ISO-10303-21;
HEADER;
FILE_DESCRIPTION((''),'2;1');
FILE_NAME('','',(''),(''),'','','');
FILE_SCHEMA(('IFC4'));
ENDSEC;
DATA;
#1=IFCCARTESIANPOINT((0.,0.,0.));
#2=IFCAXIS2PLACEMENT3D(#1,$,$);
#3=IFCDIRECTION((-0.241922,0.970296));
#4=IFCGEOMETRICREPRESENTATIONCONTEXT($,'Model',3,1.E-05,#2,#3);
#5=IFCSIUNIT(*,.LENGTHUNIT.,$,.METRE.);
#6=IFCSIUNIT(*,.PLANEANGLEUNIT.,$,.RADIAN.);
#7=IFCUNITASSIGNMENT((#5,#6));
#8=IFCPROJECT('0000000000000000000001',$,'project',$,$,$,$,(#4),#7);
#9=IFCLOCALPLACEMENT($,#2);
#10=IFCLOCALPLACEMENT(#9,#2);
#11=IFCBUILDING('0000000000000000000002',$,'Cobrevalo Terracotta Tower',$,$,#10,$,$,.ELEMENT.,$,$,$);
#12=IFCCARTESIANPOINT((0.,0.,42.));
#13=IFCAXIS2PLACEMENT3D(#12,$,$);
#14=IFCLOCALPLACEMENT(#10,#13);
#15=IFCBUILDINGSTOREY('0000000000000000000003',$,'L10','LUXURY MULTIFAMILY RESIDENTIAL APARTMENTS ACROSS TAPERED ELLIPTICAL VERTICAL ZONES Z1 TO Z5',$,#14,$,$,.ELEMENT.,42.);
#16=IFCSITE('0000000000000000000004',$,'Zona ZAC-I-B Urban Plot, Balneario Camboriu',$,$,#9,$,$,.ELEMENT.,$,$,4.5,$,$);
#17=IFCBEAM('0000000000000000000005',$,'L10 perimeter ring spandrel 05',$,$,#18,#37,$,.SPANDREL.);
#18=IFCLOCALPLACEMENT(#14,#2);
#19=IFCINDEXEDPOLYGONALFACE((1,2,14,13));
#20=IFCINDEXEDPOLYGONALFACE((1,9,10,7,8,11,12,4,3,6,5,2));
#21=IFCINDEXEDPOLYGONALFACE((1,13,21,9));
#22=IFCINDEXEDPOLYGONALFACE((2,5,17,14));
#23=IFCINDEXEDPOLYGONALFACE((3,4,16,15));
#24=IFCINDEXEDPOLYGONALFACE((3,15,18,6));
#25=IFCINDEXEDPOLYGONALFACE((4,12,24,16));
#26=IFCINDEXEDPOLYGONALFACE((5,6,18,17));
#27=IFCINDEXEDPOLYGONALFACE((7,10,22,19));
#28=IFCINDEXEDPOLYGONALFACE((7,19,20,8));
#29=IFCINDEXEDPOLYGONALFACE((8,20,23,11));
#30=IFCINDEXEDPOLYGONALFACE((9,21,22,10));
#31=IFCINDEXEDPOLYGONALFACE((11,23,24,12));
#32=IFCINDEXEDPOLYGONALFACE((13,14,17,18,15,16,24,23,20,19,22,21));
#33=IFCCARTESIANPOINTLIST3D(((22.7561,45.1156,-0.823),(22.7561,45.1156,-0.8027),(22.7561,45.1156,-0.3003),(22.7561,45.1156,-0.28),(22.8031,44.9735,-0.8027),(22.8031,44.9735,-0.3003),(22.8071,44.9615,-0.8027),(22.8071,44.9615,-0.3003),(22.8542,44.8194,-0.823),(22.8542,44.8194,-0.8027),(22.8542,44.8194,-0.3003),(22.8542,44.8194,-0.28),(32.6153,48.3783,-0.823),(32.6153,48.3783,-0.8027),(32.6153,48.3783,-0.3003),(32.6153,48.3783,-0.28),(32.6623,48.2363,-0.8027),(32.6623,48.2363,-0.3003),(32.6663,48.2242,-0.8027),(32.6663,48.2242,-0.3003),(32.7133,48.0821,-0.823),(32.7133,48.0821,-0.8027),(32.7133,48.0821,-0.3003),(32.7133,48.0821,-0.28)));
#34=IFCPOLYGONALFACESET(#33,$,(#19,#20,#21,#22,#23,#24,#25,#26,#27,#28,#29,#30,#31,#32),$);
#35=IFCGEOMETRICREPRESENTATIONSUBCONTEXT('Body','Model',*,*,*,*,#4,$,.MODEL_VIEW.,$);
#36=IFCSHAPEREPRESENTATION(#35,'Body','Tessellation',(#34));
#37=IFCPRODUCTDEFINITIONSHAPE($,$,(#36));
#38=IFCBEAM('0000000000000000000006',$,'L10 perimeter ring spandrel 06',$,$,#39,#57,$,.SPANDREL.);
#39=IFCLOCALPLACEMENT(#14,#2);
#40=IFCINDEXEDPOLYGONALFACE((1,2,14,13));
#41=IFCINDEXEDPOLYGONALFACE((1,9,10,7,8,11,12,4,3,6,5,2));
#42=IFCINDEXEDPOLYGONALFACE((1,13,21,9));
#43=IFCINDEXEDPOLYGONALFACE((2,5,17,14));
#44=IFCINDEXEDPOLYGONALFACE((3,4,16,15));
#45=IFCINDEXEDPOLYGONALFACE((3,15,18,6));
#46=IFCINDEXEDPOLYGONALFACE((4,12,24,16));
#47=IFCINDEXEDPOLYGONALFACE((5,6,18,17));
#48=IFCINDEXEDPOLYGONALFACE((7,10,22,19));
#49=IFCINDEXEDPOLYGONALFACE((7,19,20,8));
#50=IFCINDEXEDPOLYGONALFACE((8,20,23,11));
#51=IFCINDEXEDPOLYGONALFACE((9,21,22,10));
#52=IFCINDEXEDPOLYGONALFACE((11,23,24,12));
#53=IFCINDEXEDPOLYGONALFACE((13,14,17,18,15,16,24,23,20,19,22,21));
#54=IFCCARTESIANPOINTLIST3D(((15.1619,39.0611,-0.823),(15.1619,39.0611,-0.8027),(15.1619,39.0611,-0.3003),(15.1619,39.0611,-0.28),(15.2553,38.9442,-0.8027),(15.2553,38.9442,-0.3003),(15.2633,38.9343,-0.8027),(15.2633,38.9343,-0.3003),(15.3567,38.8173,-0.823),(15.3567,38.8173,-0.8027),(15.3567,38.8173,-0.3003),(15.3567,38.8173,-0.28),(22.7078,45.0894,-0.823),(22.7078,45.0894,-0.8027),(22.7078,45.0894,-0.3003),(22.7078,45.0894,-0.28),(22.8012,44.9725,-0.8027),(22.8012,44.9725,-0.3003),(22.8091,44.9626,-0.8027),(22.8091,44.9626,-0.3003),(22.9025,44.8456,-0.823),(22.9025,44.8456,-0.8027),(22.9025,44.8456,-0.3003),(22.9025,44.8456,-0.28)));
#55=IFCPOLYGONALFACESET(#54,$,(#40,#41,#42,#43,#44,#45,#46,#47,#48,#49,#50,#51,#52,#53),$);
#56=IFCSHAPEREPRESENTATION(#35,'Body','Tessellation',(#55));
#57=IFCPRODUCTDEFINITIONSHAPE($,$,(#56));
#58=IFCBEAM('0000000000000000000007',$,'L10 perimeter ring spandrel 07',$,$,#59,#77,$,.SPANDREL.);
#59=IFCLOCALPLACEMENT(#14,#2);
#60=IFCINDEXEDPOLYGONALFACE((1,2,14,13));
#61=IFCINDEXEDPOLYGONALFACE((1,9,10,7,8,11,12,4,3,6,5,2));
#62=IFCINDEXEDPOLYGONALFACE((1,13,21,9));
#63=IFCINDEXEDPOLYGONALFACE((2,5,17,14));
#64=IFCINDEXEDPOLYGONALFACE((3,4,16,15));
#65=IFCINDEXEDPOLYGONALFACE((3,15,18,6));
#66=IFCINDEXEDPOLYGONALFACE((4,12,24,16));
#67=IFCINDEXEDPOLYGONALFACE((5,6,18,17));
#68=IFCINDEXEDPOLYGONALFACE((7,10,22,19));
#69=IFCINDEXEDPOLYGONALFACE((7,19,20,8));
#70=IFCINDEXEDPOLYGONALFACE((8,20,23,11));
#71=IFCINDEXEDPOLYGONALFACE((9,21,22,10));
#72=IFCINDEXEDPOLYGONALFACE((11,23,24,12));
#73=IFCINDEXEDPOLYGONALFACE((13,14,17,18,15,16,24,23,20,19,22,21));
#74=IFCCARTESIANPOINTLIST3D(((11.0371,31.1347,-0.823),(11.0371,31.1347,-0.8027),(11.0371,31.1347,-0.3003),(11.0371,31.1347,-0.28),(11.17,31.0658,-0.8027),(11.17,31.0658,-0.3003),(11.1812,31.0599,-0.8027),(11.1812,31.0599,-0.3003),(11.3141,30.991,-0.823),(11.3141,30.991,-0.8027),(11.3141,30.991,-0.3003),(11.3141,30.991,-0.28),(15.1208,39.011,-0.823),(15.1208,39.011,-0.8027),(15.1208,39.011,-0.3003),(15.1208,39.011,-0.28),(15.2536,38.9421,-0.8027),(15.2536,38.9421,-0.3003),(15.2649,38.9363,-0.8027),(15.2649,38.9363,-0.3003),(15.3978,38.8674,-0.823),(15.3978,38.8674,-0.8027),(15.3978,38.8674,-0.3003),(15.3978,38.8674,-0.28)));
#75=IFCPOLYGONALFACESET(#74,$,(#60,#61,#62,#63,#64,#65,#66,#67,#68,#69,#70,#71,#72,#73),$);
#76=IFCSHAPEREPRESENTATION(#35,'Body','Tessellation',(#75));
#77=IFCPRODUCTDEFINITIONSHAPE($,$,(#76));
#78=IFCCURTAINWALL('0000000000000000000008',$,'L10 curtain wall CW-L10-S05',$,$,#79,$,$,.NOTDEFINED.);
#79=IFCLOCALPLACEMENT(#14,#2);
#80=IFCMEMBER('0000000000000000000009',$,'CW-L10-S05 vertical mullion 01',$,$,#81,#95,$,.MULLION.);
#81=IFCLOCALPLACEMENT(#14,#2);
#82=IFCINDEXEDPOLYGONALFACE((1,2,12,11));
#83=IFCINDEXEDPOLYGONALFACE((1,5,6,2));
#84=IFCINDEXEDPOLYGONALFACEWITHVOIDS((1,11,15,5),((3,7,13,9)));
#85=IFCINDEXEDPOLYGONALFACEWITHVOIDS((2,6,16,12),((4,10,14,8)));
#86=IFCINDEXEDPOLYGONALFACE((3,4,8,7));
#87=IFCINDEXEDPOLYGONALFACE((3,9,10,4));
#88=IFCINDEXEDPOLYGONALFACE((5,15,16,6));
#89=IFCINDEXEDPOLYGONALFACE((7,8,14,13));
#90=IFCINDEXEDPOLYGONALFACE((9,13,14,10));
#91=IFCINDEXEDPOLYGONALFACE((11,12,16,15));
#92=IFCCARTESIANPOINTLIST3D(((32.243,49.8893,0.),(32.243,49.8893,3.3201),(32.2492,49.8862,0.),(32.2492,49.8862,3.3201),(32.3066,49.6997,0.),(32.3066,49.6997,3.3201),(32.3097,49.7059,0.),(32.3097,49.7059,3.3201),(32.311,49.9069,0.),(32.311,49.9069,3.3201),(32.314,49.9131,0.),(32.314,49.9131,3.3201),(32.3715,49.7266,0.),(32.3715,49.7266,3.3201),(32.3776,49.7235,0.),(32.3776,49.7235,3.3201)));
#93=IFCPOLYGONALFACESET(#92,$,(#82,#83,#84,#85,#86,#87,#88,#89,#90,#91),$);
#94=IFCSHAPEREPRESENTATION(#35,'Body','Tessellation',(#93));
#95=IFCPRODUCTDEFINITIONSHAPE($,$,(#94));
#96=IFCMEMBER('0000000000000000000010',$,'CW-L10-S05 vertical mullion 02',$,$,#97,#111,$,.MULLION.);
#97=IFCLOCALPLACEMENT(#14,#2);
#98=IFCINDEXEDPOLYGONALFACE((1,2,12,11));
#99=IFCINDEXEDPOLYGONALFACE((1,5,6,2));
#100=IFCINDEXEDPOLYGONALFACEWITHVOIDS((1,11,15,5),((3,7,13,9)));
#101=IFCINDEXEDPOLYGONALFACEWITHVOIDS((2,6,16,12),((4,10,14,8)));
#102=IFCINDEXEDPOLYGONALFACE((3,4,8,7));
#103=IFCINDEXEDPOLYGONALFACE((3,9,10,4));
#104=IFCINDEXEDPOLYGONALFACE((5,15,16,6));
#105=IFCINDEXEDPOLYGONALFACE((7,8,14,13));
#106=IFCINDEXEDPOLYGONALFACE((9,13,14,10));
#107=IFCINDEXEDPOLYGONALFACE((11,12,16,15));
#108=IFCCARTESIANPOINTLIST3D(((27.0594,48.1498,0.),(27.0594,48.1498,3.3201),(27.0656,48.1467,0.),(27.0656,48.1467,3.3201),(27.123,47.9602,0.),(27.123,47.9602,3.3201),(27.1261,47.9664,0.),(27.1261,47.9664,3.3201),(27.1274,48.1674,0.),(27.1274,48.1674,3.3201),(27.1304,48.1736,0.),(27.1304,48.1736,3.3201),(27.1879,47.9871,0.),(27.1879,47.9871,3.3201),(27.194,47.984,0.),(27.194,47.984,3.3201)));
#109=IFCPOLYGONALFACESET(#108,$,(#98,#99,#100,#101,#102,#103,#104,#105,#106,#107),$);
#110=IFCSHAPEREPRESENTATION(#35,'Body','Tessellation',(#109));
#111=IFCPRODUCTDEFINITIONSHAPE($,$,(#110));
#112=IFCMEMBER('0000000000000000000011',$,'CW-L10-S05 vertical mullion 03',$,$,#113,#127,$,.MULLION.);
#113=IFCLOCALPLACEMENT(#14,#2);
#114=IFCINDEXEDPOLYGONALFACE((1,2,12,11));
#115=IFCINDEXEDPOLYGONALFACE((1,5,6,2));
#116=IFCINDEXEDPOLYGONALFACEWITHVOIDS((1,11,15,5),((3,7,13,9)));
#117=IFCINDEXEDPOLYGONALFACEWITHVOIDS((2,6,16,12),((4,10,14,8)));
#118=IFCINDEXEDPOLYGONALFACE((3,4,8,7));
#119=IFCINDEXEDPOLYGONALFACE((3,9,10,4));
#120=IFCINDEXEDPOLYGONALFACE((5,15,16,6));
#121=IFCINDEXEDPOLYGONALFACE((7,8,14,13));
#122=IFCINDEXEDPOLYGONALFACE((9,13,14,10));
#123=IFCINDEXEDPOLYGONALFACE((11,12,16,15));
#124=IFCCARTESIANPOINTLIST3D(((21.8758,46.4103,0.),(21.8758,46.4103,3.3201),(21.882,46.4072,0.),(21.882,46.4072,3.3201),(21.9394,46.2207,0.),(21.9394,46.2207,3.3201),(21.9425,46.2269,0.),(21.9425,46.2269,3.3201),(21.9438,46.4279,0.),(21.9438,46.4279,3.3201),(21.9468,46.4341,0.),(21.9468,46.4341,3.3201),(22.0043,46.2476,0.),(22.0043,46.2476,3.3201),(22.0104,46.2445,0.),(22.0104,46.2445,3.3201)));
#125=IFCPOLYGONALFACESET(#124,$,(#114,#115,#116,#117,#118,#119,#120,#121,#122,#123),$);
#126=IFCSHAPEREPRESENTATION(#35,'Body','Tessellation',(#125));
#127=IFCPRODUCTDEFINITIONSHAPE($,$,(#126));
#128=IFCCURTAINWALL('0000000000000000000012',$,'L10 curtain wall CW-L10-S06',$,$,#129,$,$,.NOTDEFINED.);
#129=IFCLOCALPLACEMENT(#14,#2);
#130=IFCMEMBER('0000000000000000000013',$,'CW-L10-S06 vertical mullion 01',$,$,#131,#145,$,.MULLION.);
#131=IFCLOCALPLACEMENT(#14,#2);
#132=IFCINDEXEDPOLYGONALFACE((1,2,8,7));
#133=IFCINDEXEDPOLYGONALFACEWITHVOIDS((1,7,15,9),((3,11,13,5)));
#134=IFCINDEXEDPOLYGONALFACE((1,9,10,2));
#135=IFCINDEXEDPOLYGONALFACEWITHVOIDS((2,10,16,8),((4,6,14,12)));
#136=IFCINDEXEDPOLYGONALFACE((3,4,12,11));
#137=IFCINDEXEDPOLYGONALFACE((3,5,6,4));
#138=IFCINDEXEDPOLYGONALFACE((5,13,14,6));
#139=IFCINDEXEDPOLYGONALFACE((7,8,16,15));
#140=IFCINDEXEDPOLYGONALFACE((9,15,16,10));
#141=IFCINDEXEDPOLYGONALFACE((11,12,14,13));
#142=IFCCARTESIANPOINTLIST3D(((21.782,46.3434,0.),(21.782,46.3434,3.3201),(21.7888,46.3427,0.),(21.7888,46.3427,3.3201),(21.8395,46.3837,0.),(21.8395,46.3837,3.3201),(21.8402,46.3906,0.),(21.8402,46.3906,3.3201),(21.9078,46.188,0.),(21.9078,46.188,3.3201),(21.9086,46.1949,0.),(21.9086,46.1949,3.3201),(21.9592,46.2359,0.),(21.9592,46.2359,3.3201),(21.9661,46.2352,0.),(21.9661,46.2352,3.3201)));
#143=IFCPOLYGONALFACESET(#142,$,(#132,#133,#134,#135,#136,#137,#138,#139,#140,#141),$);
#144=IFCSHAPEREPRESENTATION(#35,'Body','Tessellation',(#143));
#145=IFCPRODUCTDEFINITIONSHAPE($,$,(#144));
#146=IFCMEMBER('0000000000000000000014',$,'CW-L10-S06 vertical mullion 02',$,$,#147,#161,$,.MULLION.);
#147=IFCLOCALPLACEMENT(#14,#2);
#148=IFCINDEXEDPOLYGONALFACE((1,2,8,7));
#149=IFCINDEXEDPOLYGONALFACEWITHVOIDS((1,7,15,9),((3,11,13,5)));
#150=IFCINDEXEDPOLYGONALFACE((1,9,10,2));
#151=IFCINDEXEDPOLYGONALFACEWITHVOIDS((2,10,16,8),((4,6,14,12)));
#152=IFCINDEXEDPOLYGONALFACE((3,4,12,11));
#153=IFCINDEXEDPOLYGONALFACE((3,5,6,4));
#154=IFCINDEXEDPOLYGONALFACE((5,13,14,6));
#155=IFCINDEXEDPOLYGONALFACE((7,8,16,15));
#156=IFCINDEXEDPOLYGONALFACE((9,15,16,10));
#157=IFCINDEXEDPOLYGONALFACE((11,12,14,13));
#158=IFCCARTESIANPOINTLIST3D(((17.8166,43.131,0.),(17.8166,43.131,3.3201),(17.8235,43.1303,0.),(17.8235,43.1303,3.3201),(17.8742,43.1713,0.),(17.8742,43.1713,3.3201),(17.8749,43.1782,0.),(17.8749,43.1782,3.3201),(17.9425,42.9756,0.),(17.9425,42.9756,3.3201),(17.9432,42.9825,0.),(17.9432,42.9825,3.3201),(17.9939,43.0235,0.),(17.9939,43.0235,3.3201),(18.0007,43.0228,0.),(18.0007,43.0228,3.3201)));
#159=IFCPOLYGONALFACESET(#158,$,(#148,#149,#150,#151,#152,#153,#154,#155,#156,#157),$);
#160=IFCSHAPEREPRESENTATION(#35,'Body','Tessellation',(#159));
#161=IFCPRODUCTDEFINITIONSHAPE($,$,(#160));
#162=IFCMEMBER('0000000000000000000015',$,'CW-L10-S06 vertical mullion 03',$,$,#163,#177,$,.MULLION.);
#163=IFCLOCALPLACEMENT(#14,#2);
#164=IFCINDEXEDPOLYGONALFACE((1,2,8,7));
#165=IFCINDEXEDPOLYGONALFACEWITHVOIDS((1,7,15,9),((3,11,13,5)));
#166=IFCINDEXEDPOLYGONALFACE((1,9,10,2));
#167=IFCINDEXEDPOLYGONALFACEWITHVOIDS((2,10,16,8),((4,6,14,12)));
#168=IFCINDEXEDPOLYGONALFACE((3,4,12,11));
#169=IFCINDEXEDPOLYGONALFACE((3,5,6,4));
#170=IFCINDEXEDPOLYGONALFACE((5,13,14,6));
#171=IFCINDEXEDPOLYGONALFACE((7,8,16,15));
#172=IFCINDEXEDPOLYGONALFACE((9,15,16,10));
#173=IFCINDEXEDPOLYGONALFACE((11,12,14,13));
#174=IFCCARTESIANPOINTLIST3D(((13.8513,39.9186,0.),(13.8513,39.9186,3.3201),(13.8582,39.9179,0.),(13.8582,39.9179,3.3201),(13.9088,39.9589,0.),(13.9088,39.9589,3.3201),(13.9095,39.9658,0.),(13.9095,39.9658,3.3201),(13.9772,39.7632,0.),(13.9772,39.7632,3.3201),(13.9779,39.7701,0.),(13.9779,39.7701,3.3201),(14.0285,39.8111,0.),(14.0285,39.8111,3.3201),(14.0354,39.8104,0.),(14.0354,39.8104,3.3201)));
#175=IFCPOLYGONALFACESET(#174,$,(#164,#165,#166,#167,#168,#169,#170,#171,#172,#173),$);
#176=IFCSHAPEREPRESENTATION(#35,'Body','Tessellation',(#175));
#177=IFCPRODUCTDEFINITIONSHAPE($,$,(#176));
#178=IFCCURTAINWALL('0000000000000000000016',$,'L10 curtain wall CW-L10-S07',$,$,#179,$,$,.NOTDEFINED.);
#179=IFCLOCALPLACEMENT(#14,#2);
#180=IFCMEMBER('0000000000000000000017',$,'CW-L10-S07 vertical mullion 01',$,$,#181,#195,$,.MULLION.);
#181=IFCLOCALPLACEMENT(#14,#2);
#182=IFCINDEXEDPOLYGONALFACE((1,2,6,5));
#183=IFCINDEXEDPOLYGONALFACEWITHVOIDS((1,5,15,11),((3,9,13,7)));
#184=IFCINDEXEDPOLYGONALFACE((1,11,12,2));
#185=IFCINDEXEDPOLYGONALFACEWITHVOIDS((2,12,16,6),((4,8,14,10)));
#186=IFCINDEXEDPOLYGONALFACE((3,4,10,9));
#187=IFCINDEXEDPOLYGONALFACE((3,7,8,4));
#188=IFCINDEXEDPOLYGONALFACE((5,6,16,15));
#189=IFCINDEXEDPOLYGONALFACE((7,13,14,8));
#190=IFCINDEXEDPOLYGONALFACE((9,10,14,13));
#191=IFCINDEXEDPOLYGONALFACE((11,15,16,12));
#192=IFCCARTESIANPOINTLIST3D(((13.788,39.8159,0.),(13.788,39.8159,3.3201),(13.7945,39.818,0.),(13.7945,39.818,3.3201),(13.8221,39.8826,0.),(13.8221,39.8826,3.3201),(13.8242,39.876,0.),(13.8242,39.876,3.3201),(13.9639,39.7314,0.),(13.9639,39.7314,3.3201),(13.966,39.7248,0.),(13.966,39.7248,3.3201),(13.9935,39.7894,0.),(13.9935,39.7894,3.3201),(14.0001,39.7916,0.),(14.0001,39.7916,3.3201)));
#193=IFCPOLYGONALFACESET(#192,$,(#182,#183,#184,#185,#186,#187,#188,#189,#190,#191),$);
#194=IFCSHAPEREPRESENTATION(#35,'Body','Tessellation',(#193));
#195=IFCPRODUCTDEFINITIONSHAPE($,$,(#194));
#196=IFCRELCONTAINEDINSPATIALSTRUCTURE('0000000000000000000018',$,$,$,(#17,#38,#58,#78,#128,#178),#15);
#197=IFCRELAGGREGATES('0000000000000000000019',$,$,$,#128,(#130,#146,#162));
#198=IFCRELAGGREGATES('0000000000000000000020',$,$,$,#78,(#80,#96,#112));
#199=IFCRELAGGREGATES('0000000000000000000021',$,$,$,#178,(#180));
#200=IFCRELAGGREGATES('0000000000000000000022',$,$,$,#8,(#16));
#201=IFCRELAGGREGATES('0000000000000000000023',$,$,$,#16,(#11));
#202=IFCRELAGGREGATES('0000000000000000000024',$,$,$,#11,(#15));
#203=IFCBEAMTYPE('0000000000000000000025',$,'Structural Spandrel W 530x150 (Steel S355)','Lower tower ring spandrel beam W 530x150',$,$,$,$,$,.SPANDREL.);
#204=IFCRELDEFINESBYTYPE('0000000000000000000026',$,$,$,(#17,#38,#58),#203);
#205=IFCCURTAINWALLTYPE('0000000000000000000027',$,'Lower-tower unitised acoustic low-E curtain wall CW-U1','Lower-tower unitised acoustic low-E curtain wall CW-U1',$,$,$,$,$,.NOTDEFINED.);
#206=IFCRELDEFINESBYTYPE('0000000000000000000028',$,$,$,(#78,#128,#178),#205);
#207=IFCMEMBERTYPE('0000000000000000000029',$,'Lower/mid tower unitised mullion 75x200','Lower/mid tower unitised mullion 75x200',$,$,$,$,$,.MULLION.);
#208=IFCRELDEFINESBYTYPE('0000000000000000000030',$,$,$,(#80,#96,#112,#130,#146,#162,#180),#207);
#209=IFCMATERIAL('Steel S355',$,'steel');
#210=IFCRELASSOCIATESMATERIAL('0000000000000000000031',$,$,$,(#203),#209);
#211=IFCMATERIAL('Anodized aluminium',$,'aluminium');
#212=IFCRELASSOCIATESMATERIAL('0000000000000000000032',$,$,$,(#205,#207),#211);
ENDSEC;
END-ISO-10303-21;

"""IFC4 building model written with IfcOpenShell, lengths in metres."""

from ifc_helpers import new_model, si_unit, direction, frame, origin, origin_2d, place, context, subcontext, project, spatial, hollow_rectangle, i_section, extrude, source, transform, mapped, material, material_profile, profile_set, type_object, element, aggregate, save


model = new_model("IFC4")

# Units and contexts
model_context = context("Model", 3, precision=1e-05, world=origin(), true_north=direction((-0.241922, 0.970296)))
body_context = subcontext(model_context, "Body", "Model", "MODEL_VIEW")
ifc_project = project(units=[si_unit("LENGTHUNIT", "METRE"), si_unit("PLANEANGLEUNIT", "RADIAN")], contexts=[model_context])

# Site, building, storey
site_placement = place(None, origin())
site = spatial("IfcSite", under=ifc_project, at=site_placement, Name="Zona ZAC-I-B Urban Plot, Balneario Camboriu", CompositionType="ELEMENT", RefElevation=4.5)
building_placement = place(site_placement, origin())
building = spatial("IfcBuilding", under=site, at=building_placement, Name="Cobrevalo Terracotta Tower", CompositionType="ELEMENT")
storey_placement = place(building_placement, frame((0.0, 0.0, 42.0)))
storey = spatial("IfcBuildingStorey", under=building, at=storey_placement, Name="L10", Description="LUXURY MULTIFAMILY RESIDENTIAL APARTMENTS ACROSS TAPERED ELLIPTICAL VERTICAL ZONES Z1 TO Z5", CompositionType="ELEMENT", Elevation=42.0)

# Shared definitions
ifc_material_1 = material(Name="Steel S355", Category="steel")

# Beams
ifc_material_profile_1 = material_profile(ifc_material_1, i_section(OverallWidth=0.312, OverallDepth=0.543, WebThickness=0.0127, FlangeThickness=0.0203, at=origin_2d()), Name="W 530x150")
ifc_profile_set_1 = profile_set([ifc_material_profile_1], Name="Steel S355")
beam_type_1 = type_object("IfcBeamType", Name="Structural Spandrel W 530x150 (Steel S355)", Description="Lower tower ring spandrel beam W 530x150", PredefinedType="SPANDREL", material=ifc_profile_set_1)
beam_1_placement = place(storey_placement, frame((32.6643, 48.2302, -0.5515), z_axis=(-0.949365, -0.314175, 0.0), x_axis=(0.314175, -0.949365, 0.0)))
element("IfcBeam", 1, at=beam_1_placement, inside=storey, type_object=beam_type_1, Name="L10 perimeter ring spandrel 05", PredefinedType="SPANDREL", context=body_context, shape_type="SweptSolid", body=[
    extrude(i_section(OverallWidth=0.312, OverallDepth=0.543, WebThickness=0.0127, FlangeThickness=0.0203, at=origin_2d()), origin(), (0.0, 0.0, 1.0), 10.385),
])
beam_2_placement = place(storey_placement, frame((22.8052, 44.9675, -0.5515), z_axis=(-0.781293, -0.624165, 0.0), x_axis=(0.624165, -0.781293, 0.0)))
element("IfcBeam", 2, at=beam_2_placement, inside=storey, type_object=beam_type_1, Name="L10 perimeter ring spandrel 06", PredefinedType="SPANDREL", context=body_context, shape_type="SweptSolid", body=[
    extrude(i_section(OverallWidth=0.312, OverallDepth=0.543, WebThickness=0.0127, FlangeThickness=0.0203, at=origin_2d()), origin(), (0.0, 0.0, 1.0), 9.6582),
])
beam_3_placement = place(storey_placement, frame((15.2593, 38.9392, -0.5515), z_axis=(-0.460286, -0.887771, 0.0), x_axis=(0.887771, -0.460286, 0.0)))
element("IfcBeam", 3, at=beam_3_placement, inside=storey, type_object=beam_type_1, Name="L10 perimeter ring spandrel 07", PredefinedType="SPANDREL", context=body_context, shape_type="SweptSolid", body=[
    extrude(i_section(OverallWidth=0.312, OverallDepth=0.543, WebThickness=0.0127, FlangeThickness=0.0203, at=origin_2d()), origin(), (0.0, 0.0, 1.0), 8.8721),
])

# Curtain walls, members
ifc_material_2 = material(Name="Anodized aluminium", Category="aluminium")
curtain_wall_type = type_object("IfcCurtainWallType", Name="Lower-tower unitised acoustic low-E curtain wall CW-U1", Description="Lower-tower unitised acoustic low-E curtain wall CW-U1", PredefinedType="NOTDEFINED", material=ifc_material_2)
curtain_wall_1_placement = place(storey_placement, origin())
curtain_wall_1 = element("IfcCurtainWall", 4, at=curtain_wall_1_placement, inside=storey, type_object=curtain_wall_type, Name="L10 curtain wall CW-L10-S05", PredefinedType="NOTDEFINED")
ifc_material_profile_2 = material_profile(ifc_material_2, hollow_rectangle(XDim=0.075, YDim=0.2, WallThickness=0.0049, at=origin_2d()), Name="CWM 75x200")
ifc_profile_set_2 = profile_set([ifc_material_profile_2], Name="Anodized aluminium")
member_type_1 = type_object("IfcMemberType", Name="Lower/mid tower unitised mullion 75x200", Description="Lower/mid tower unitised mullion 75x200", PredefinedType="MULLION", material=ifc_profile_set_2)
shared_shape_1 = source(origin(), body_context, "Body", "SweptSolid", [
    extrude(hollow_rectangle(XDim=0.075, YDim=0.2, WallThickness=0.0049, at=origin_2d()), origin(), (0.0, 0.0, 1.0), 3.3201),
])
member_1_placement = place(storey_placement, frame((32.3103, 49.8064, 0.0), z_axis=(0.0, 0.0, 1.0), x_axis=(-0.948046, -0.318132, 0.0)))
member_1 = element("IfcMember", 5, at=member_1_placement, type_object=member_type_1, Name="CW-L10-S05 vertical mullion 01", PredefinedType="MULLION", context=body_context, shape_type="MappedRepresentation", body=[
    mapped(shared_shape_1, transform((0.0, 0.0, 0.0), scale=1.0)),
])
member_2_placement = place(storey_placement, frame((27.1267, 48.0669, 0.0), z_axis=(0.0, 0.0, 1.0), x_axis=(-0.948046, -0.318132, 0.0)))
member_2 = element("IfcMember", 6, at=member_2_placement, type_object=member_type_1, Name="CW-L10-S05 vertical mullion 02", PredefinedType="MULLION", context=body_context, shape_type="MappedRepresentation", body=[
    mapped(shared_shape_1, transform((0.0, 0.0, 0.0), scale=1.0)),
])
member_3_placement = place(storey_placement, frame((21.9431, 46.3274, 0.0), z_axis=(0.0, 0.0, 1.0), x_axis=(-0.948046, -0.318132, 0.0)))
member_3 = element("IfcMember", 7, at=member_3_placement, type_object=member_type_1, Name="CW-L10-S05 vertical mullion 03", PredefinedType="MULLION", context=body_context, shape_type="MappedRepresentation", body=[
    mapped(shared_shape_1, transform((0.0, 0.0, 0.0), scale=1.0)),
])
curtain_wall_2_placement = place(storey_placement, origin())
curtain_wall_2 = element("IfcCurtainWall", 8, at=curtain_wall_2_placement, inside=storey, type_object=curtain_wall_type, Name="L10 curtain wall CW-L10-S06", PredefinedType="NOTDEFINED")
member_4_placement = place(storey_placement, frame((21.874, 46.2893, 0.0), z_axis=(0.0, 0.0, 1.0), x_axis=(-0.777003, -0.629497, 0.0)))
member_4 = element("IfcMember", 9, at=member_4_placement, type_object=member_type_1, Name="CW-L10-S06 vertical mullion 01", PredefinedType="MULLION", context=body_context, shape_type="MappedRepresentation", body=[
    mapped(shared_shape_1, transform((0.0, 0.0, 0.0), scale=1.0)),
])
member_5_placement = place(storey_placement, frame((17.9087, 43.0769, 0.0), z_axis=(0.0, 0.0, 1.0), x_axis=(-0.777003, -0.629497, 0.0)))
member_5 = element("IfcMember", 10, at=member_5_placement, type_object=member_type_1, Name="CW-L10-S06 vertical mullion 02", PredefinedType="MULLION", context=body_context, shape_type="MappedRepresentation", body=[
    mapped(shared_shape_1, transform((0.0, 0.0, 0.0), scale=1.0)),
])
member_6_placement = place(storey_placement, frame((13.9434, 39.8645, 0.0), z_axis=(0.0, 0.0, 1.0), x_axis=(-0.777003, -0.629497, 0.0)))
member_6 = element("IfcMember", 11, at=member_6_placement, type_object=member_type_1, Name="CW-L10-S06 vertical mullion 03", PredefinedType="MULLION", context=body_context, shape_type="MappedRepresentation", body=[
    mapped(shared_shape_1, transform((0.0, 0.0, 0.0), scale=1.0)),
])
curtain_wall_3_placement = place(storey_placement, origin())
curtain_wall_3 = element("IfcCurtainWall", 12, at=curtain_wall_3_placement, inside=storey, type_object=curtain_wall_type, Name="L10 curtain wall CW-L10-S07", PredefinedType="NOTDEFINED")
member_7_placement = place(storey_placement, frame((13.894, 39.8037, 0.0), z_axis=(0.0, 0.0, 1.0), x_axis=(-0.455234, -0.890372, 0.0)))
member_7 = element("IfcMember", 13, at=member_7_placement, type_object=member_type_1, Name="CW-L10-S07 vertical mullion 01", PredefinedType="MULLION", context=body_context, shape_type="MappedRepresentation", body=[
    mapped(shared_shape_1, transform((0.0, 0.0, 0.0), scale=1.0)),
])

aggregate(curtain_wall_2, [member_4, member_5, member_6])
aggregate(curtain_wall_1, [member_1, member_2, member_3])
aggregate(curtain_wall_3, [member_7])

save(model, "model.ifc")
